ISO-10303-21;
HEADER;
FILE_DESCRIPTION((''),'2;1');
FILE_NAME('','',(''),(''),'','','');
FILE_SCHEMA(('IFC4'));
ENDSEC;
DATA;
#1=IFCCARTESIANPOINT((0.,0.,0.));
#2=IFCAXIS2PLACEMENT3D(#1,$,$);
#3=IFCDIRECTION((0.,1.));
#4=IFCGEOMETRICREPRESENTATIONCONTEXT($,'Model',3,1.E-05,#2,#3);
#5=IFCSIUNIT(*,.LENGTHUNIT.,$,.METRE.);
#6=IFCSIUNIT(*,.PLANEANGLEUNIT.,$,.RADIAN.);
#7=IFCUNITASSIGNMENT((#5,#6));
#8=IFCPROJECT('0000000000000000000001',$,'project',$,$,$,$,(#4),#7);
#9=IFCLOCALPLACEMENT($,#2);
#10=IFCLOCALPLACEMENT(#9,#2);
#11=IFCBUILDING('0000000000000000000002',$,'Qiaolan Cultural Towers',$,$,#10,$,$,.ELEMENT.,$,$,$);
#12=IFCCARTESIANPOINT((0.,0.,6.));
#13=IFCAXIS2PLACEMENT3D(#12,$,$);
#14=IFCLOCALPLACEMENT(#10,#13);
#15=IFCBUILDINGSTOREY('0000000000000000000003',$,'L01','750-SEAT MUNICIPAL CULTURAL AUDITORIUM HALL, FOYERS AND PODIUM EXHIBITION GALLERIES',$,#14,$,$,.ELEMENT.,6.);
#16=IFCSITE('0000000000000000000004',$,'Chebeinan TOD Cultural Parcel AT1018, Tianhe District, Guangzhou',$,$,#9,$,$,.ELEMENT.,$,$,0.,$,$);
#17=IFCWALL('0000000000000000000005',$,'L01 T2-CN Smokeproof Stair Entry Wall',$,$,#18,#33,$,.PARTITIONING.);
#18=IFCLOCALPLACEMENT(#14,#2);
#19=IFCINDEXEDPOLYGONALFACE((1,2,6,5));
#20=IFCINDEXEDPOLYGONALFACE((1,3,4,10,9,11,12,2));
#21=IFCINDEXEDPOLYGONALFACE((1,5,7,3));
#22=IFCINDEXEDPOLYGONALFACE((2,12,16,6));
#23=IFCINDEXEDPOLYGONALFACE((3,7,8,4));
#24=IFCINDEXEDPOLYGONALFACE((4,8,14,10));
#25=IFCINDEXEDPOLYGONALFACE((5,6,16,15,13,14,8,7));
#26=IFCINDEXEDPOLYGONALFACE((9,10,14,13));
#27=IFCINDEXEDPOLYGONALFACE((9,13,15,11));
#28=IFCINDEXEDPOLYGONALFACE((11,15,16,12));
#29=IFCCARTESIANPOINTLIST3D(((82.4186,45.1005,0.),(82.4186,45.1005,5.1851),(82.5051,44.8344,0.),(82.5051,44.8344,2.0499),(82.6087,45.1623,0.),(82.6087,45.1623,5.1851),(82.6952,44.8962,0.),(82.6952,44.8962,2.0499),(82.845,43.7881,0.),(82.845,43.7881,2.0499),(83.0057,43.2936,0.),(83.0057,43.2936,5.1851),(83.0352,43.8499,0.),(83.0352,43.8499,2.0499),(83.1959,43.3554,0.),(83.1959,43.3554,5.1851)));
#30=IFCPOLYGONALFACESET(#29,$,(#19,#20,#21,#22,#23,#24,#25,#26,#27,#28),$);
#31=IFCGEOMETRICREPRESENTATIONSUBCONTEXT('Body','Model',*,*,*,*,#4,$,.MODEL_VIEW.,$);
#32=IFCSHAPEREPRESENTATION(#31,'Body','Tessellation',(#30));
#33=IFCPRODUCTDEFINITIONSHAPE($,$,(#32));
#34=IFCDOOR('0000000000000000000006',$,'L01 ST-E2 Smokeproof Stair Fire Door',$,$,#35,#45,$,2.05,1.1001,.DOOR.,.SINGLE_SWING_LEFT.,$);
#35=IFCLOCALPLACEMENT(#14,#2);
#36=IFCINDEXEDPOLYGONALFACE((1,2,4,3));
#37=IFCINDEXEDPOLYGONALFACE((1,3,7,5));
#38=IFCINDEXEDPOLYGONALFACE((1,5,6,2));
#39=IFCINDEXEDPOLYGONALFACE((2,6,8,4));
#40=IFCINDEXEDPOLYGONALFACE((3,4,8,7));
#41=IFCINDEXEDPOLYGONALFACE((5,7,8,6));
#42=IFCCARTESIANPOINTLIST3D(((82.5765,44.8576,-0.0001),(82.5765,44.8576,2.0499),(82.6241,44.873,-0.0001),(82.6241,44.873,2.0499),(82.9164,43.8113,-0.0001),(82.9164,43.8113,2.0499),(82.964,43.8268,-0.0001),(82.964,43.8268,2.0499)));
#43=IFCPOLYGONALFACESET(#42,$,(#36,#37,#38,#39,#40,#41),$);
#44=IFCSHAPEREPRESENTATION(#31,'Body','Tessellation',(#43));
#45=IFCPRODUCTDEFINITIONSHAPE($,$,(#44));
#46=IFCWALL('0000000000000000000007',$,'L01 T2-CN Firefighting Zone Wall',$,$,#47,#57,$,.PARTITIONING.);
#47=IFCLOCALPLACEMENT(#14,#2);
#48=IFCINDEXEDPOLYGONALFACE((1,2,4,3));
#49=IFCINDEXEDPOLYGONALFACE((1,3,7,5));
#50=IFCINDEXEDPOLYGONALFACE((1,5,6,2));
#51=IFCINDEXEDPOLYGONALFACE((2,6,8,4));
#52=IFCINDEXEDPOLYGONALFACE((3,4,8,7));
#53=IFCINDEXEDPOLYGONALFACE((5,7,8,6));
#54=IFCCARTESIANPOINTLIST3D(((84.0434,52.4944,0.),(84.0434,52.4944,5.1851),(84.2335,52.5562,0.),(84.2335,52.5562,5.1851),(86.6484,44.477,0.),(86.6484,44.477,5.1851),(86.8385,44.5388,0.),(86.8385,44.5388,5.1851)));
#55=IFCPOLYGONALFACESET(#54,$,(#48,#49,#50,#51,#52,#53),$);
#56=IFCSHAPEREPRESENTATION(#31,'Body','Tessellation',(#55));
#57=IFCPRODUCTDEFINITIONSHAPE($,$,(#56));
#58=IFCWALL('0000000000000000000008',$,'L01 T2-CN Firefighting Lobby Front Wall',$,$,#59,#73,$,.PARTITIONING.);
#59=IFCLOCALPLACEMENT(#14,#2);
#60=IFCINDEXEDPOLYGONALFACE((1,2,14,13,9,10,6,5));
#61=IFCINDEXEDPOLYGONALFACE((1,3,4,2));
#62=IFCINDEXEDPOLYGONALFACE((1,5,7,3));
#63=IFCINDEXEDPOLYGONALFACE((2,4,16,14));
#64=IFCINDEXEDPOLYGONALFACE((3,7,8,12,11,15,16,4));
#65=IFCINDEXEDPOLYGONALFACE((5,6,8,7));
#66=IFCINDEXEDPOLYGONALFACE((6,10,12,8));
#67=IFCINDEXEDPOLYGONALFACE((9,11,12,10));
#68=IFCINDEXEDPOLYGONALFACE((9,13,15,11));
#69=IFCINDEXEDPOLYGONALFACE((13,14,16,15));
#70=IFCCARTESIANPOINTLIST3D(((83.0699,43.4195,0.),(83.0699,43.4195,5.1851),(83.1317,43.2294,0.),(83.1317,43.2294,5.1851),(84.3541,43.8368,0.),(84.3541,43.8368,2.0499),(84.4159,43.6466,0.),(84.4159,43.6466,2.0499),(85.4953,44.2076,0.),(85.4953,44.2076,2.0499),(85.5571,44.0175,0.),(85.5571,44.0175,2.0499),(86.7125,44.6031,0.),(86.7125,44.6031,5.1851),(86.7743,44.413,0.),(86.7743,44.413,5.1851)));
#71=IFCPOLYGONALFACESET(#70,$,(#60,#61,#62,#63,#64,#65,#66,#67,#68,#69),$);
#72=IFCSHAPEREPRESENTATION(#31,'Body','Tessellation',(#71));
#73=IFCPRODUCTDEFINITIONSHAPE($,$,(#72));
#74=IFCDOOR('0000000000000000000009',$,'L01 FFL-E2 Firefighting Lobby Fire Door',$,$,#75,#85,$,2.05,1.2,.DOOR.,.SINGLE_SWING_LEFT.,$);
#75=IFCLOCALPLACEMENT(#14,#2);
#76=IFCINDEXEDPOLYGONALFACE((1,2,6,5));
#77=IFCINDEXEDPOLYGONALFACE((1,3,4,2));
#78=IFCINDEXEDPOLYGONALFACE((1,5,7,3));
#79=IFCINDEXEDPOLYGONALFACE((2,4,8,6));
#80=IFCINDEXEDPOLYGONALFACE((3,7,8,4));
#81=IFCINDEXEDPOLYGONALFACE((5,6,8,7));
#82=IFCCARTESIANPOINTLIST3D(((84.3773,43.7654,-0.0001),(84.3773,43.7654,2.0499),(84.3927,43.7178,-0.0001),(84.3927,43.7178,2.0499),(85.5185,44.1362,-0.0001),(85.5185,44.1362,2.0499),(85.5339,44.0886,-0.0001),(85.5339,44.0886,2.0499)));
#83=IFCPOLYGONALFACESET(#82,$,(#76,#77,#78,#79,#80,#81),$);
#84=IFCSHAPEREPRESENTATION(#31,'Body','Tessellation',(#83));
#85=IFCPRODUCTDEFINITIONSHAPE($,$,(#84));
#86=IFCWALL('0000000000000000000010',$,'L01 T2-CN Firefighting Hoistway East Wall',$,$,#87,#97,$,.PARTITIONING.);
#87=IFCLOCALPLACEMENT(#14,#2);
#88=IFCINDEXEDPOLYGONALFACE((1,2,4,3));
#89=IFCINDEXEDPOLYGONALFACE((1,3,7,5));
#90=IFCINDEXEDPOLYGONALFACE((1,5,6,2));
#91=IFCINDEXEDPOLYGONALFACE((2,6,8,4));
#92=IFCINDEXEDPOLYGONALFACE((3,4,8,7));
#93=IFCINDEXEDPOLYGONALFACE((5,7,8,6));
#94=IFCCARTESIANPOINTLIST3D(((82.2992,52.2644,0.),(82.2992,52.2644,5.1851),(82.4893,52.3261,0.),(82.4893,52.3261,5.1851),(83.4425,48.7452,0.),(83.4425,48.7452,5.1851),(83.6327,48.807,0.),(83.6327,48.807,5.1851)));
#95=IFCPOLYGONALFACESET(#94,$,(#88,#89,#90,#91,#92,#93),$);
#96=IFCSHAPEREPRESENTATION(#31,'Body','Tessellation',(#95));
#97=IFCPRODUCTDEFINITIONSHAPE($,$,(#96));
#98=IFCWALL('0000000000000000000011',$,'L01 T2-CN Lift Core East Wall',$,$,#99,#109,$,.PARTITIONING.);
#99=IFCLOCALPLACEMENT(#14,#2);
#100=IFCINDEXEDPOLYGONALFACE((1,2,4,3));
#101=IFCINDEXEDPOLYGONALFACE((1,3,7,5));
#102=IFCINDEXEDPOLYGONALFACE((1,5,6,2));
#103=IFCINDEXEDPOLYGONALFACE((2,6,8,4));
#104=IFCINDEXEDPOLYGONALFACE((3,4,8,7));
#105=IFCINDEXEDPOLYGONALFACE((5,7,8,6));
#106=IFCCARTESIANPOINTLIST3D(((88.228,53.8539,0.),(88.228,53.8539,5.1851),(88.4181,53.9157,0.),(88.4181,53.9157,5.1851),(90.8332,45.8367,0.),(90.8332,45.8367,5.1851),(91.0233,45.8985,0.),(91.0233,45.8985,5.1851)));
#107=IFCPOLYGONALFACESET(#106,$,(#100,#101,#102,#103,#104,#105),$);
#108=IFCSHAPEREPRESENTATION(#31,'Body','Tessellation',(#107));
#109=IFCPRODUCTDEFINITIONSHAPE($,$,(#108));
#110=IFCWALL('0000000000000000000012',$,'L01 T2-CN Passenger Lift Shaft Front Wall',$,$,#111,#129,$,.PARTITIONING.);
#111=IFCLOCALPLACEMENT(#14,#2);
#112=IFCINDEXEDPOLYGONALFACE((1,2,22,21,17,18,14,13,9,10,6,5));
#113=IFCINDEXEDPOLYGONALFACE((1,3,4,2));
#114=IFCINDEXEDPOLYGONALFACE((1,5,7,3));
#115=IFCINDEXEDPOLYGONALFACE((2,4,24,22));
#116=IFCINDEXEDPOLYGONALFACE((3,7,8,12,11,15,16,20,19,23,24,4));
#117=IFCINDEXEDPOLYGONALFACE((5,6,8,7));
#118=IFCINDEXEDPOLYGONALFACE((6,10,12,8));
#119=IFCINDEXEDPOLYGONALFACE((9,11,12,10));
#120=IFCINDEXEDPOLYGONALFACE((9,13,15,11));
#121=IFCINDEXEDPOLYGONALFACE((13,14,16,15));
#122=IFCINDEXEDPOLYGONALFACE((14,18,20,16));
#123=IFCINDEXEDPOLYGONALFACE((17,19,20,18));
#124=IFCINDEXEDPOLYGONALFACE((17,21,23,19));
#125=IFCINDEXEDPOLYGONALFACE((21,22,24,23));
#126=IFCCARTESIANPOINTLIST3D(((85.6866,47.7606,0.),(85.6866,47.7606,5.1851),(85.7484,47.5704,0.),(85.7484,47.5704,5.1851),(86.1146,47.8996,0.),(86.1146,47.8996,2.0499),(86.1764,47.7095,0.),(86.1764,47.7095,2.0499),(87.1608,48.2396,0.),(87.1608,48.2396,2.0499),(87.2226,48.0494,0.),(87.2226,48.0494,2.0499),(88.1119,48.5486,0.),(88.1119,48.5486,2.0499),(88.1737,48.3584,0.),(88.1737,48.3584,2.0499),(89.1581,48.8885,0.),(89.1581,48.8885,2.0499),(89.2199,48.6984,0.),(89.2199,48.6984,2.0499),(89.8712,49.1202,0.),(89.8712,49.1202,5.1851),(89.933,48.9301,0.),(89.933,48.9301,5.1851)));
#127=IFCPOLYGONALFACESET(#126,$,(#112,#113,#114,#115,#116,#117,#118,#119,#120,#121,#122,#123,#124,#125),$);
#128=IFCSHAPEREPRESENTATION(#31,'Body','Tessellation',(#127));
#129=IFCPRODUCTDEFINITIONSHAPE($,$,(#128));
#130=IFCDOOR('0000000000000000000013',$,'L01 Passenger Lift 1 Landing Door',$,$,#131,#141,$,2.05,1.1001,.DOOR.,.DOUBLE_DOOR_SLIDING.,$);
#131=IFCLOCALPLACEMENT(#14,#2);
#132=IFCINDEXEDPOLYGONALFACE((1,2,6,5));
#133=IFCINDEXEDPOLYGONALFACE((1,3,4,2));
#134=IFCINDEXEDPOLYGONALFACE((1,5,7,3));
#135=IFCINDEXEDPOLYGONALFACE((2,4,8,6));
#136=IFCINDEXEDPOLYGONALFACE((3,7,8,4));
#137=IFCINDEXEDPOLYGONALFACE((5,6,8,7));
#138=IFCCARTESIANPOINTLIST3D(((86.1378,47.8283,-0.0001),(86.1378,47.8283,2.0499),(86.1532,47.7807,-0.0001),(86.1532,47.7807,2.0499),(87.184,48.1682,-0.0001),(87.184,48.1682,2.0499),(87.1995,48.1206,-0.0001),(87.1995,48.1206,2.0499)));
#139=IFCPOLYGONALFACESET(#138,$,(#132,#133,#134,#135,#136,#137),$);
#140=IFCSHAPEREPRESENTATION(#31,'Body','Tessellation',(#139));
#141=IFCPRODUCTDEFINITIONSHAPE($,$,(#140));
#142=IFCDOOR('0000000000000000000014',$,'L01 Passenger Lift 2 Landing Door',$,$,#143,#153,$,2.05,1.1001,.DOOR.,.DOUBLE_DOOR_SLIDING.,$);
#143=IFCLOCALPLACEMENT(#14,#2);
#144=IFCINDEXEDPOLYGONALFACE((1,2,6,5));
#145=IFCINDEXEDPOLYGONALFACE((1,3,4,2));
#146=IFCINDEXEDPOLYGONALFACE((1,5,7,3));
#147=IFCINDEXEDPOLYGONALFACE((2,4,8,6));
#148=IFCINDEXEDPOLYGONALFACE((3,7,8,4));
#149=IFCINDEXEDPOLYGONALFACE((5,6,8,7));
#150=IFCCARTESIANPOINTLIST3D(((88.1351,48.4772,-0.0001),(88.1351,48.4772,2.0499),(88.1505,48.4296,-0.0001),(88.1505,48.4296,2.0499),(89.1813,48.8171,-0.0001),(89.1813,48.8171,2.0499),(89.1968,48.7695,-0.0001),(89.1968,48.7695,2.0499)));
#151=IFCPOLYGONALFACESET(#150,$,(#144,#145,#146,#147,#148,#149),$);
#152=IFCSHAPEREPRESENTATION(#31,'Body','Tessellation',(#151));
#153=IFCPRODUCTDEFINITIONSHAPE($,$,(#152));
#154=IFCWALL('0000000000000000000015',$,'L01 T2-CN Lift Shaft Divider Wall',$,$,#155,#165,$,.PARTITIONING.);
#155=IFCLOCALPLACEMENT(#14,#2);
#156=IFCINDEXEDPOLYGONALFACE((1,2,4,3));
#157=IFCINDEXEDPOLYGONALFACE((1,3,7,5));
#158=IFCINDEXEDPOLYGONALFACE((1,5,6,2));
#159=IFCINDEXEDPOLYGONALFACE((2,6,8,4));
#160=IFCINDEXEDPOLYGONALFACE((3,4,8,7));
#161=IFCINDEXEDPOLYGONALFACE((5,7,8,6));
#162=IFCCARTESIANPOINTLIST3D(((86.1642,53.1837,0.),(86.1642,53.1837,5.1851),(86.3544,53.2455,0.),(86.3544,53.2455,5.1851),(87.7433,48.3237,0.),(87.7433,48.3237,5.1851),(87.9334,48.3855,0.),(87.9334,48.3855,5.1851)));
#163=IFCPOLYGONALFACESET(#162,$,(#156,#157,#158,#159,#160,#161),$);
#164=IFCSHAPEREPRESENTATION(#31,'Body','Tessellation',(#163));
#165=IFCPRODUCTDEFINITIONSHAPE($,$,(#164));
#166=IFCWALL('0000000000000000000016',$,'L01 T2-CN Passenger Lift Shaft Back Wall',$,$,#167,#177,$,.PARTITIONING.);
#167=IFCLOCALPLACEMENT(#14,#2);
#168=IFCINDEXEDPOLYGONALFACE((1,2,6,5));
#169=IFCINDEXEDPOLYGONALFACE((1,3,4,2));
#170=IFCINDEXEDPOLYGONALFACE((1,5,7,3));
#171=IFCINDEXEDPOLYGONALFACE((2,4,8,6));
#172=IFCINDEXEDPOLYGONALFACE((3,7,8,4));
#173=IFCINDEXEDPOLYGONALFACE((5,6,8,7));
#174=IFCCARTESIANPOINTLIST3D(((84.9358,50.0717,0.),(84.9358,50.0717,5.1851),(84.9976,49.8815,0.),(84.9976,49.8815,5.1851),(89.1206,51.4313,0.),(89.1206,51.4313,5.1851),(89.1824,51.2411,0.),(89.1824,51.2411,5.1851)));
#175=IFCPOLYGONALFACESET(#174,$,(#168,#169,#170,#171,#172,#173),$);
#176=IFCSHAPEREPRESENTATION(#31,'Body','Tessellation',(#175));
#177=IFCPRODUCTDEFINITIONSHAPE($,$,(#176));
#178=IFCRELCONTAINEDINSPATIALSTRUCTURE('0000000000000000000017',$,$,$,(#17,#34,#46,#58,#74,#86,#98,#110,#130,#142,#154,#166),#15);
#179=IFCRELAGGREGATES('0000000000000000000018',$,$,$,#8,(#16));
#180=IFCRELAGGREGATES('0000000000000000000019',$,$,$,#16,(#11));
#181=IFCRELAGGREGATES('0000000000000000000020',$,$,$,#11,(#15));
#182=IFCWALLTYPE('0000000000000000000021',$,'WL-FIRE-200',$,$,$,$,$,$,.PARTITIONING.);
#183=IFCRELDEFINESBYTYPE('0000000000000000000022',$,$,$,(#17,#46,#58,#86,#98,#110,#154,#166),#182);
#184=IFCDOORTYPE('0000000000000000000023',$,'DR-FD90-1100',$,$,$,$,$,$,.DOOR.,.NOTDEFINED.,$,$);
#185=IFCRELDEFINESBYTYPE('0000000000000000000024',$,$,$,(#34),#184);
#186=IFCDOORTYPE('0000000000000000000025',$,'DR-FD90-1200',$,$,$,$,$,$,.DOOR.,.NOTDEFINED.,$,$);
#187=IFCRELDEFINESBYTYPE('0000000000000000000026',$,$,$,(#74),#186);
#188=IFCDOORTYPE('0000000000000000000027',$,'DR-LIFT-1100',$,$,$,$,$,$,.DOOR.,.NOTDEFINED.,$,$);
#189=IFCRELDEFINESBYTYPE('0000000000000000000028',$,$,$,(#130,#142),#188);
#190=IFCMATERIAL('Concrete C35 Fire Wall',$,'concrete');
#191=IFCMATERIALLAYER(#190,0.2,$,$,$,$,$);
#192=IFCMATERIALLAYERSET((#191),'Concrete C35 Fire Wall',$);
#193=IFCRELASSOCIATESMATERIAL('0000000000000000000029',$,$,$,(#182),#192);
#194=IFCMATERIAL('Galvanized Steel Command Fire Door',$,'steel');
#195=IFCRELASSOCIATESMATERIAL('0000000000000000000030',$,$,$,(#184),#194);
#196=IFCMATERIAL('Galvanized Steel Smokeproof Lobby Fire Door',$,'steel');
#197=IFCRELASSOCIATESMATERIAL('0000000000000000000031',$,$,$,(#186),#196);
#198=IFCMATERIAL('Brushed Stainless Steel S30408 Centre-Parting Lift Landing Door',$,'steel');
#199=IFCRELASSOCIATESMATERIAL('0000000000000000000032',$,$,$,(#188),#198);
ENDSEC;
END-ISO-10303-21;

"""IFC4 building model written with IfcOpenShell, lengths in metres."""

from ifc_helpers import new_model, si_unit, direction, frame, frame_2d, origin, place, context, subcontext, project, spatial, rectangle, extrude, material, layer, layer_set, type_object, element, fill, save


model = new_model("IFC4")

# Units and contexts
model_context = context("Model", 3, precision=1e-05, world=origin(), true_north=direction((0.0, 1.0)))
body_context = subcontext(model_context, "Body", "Model", "MODEL_VIEW")
ifc_project = project(units=[si_unit("LENGTHUNIT", "METRE"), si_unit("PLANEANGLEUNIT", "RADIAN")], contexts=[model_context])

# Site, building, storey
site_placement = place(None, origin())
site = spatial("IfcSite", under=ifc_project, at=site_placement, Name="Chebeinan TOD Cultural Parcel AT1018, Tianhe District, Guangzhou", CompositionType="ELEMENT", RefElevation=0.0)
building_placement = place(site_placement, origin())
building = spatial("IfcBuilding", under=site, at=building_placement, Name="Qiaolan Cultural Towers", CompositionType="ELEMENT")
storey_placement = place(building_placement, frame((0.0, 0.0, 6.0)))
storey = spatial("IfcBuildingStorey", under=building, at=storey_placement, Name="L01", Description="750-SEAT MUNICIPAL CULTURAL AUDITORIUM HALL, FOYERS AND PODIUM EXHIBITION GALLERIES", CompositionType="ELEMENT", Elevation=6.0)

# Wall, opening, door
ifc_material_1 = material(Name="Concrete C35 Fire Wall", Category="concrete")
ifc_layer_1 = layer(ifc_material_1, 0.2)
ifc_layer_set_1 = layer_set([ifc_layer_1], Name="Concrete C35 Fire Wall")
wall_type_1 = type_object("IfcWallType", Name="WL-FIRE-200", PredefinedType="PARTITIONING", material=ifc_layer_set_1)
wall_1_placement = place(storey_placement, frame((83.1008, 43.3245, 0.0), z_axis=(0.0, 0.0, 1.0), x_axis=(-0.309048, 0.951046, 0.0)))
wall_1 = element("IfcWall", 1, at=wall_1_placement, inside=storey, type_object=wall_type_1, Name="L01 T2-CN Smokeproof Stair Entry Wall", PredefinedType="PARTITIONING", context=body_context, shape_type="SweptSolid", body=[
    extrude(rectangle(XDim=1.8999, YDim=0.2, at=frame_2d((0.95, 0.0))), origin(), (0.0, 0.0, 1.0), 5.1851),
])
opening_1_placement = place(wall_1_placement, frame((0.52, 0.0, 0.0)))
opening_1 = element("IfcOpeningElement", 2, at=opening_1_placement, cuts=wall_1, PredefinedType="OPENING", context=body_context, shape_type="SweptSolid", body=[
    extrude(rectangle(XDim=1.1001, YDim=2.05, at=frame_2d((0.55, 1.0249))), frame((0.0, 0.1099, 0.0), z_axis=(0.0, -1.0, 0.0), x_axis=(1.0, 0.0, 0.0)), (0.0, 0.0, 1.0), 0.22),
])
ifc_material_2 = material(Name="Galvanized Steel Command Fire Door", Category="steel")
door_type_1 = type_object("IfcDoorType", Name="DR-FD90-1100", OperationType="NOTDEFINED", PredefinedType="DOOR", material=ifc_material_2)
door_1_placement = place(opening_1_placement, origin())
door_1 = element("IfcDoor", 3, at=door_1_placement, inside=storey, type_object=door_type_1, Name="L01 ST-E2 Smokeproof Stair Fire Door", OperationType="SINGLE_SWING_LEFT", OverallHeight=2.05, OverallWidth=1.1001, PredefinedType="DOOR", context=body_context, shape_type="SweptSolid", body=[
    extrude(rectangle(XDim=1.1001, YDim=2.05, at=frame_2d((0.55, 1.0249))), frame((0.0, 0.0249, 0.0), z_axis=(0.0, -1.0, 0.0), x_axis=(1.0, 0.0, 0.0)), (0.0, 0.0, 1.0), 0.05),
])
fill(opening_1, door_1)

# Wall
wall_2_placement = place(storey_placement, frame((86.7434, 44.5081, 0.0), z_axis=(0.0, 0.0, 1.0), x_axis=(-0.309016, 0.951057, 0.0)))
element("IfcWall", 4, at=wall_2_placement, inside=storey, type_object=wall_type_1, Name="L01 T2-CN Firefighting Zone Wall", PredefinedType="PARTITIONING", context=body_context, shape_type="SweptSolid", body=[
    extrude(rectangle(XDim=8.4299, YDim=0.2, at=frame_2d((4.2148, 0.0))), origin(), (0.0, 0.0, 1.0), 5.1851),
])

# Wall, opening, door
wall_3_placement = place(storey_placement, frame((83.1008, 43.3245, 0.0), z_axis=(0.0, 0.0, 1.0), x_axis=(0.951053, 0.309028, 0.0)))
wall_3 = element("IfcWall", 5, at=wall_3_placement, inside=storey, type_object=wall_type_1, Name="L01 T2-CN Firefighting Lobby Front Wall", PredefinedType="PARTITIONING", context=body_context, shape_type="SweptSolid", body=[
    extrude(rectangle(XDim=3.8301, YDim=0.2, at=frame_2d((1.915, 0.0))), origin(), (0.0, 0.0, 1.0), 5.1851),
])
opening_2_placement = place(wall_3_placement, frame((1.3501, 0.0, 0.0)))
opening_2 = element("IfcOpeningElement", 6, at=opening_2_placement, cuts=wall_3, PredefinedType="OPENING", context=body_context, shape_type="SweptSolid", body=[
    extrude(rectangle(XDim=1.2, YDim=2.05, at=frame_2d((0.6001, 1.0249))), frame((0.0, 0.1099, 0.0), z_axis=(0.0, -1.0, 0.0), x_axis=(1.0, 0.0, 0.0)), (0.0, 0.0, 1.0), 0.22),
])
ifc_material_3 = material(Name="Galvanized Steel Smokeproof Lobby Fire Door", Category="steel")
door_type_2 = type_object("IfcDoorType", Name="DR-FD90-1200", OperationType="NOTDEFINED", PredefinedType="DOOR", material=ifc_material_3)
door_2_placement = place(opening_2_placement, origin())
door_2 = element("IfcDoor", 7, at=door_2_placement, inside=storey, type_object=door_type_2, Name="L01 FFL-E2 Firefighting Lobby Fire Door", OperationType="SINGLE_SWING_LEFT", OverallHeight=2.05, OverallWidth=1.2, PredefinedType="DOOR", context=body_context, shape_type="SweptSolid", body=[
    extrude(rectangle(XDim=1.2, YDim=2.05, at=frame_2d((0.6001, 1.0249))), frame((0.0, 0.0249, 0.0), z_axis=(0.0, -1.0, 0.0), x_axis=(1.0, 0.0, 0.0)), (0.0, 0.0, 1.0), 0.05),
])
fill(opening_2, door_2)

# Walls
wall_4_placement = place(storey_placement, frame((83.5376, 48.7761, 0.0), z_axis=(0.0, 0.0, 1.0), x_axis=(-0.308994, 0.951064, 0.0)))
element("IfcWall", 8, at=wall_4_placement, inside=storey, type_object=wall_type_1, Name="L01 T2-CN Firefighting Hoistway East Wall", PredefinedType="PARTITIONING", context=body_context, shape_type="SweptSolid", body=[
    extrude(rectangle(XDim=3.7002, YDim=0.2, at=frame_2d((1.8501, 0.0))), origin(), (0.0, 0.0, 1.0), 5.1851),
])
wall_5_placement = place(storey_placement, frame((90.9282, 45.8677, 0.0), z_axis=(0.0, 0.0, 1.0), x_axis=(-0.309042, 0.951048, 0.0)))
element("IfcWall", 9, at=wall_5_placement, inside=storey, type_object=wall_type_1, Name="L01 T2-CN Lift Core East Wall", PredefinedType="PARTITIONING", context=body_context, shape_type="SweptSolid", body=[
    extrude(rectangle(XDim=8.4299, YDim=0.2, at=frame_2d((4.2148, 0.0))), origin(), (0.0, 0.0, 1.0), 5.1851),
])

# Wall, openings, doors
wall_6_placement = place(storey_placement, frame((85.7175, 47.6655, 0.0), z_axis=(0.0, 0.0, 1.0), x_axis=(0.951059, 0.309011, 0.0)))
wall_6 = element("IfcWall", 10, at=wall_6_placement, inside=storey, type_object=wall_type_1, Name="L01 T2-CN Passenger Lift Shaft Front Wall", PredefinedType="PARTITIONING", context=body_context, shape_type="SweptSolid", body=[
    extrude(rectangle(XDim=4.3999, YDim=0.2, at=frame_2d((2.2, 0.0))), origin(), (0.0, 0.0, 1.0), 5.1851),
])
opening_3_placement = place(wall_6_placement, frame((0.45, 0.0, 0.0)))
opening_3 = element("IfcOpeningElement", 11, at=opening_3_placement, cuts=wall_6, PredefinedType="OPENING", context=body_context, shape_type="SweptSolid", body=[
    extrude(rectangle(XDim=1.1001, YDim=2.05, at=frame_2d((0.55, 1.0249))), frame((0.0, 0.1099, 0.0), z_axis=(0.0, -1.0, 0.0), x_axis=(1.0, 0.0, 0.0)), (0.0, 0.0, 1.0), 0.22),
])
opening_4_placement = place(wall_6_placement, frame((2.55, 0.0, 0.0)))
opening_4 = element("IfcOpeningElement", 12, at=opening_4_placement, cuts=wall_6, PredefinedType="OPENING", context=body_context, shape_type="SweptSolid", body=[
    extrude(rectangle(XDim=1.1001, YDim=2.05, at=frame_2d((0.55, 1.0249))), frame((0.0, 0.1099, 0.0), z_axis=(0.0, -1.0, 0.0), x_axis=(1.0, 0.0, 0.0)), (0.0, 0.0, 1.0), 0.22),
])
ifc_material_4 = material(Name="Brushed Stainless Steel S30408 Centre-Parting Lift Landing Door", Category="steel")
door_type_3 = type_object("IfcDoorType", Name="DR-LIFT-1100", OperationType="NOTDEFINED", PredefinedType="DOOR", material=ifc_material_4)
door_3_placement = place(opening_3_placement, origin())
door_3 = element("IfcDoor", 13, at=door_3_placement, inside=storey, type_object=door_type_3, Name="L01 Passenger Lift 1 Landing Door", OperationType="DOUBLE_DOOR_SLIDING", OverallHeight=2.05, OverallWidth=1.1001, PredefinedType="DOOR", context=body_context, shape_type="SweptSolid", body=[
    extrude(rectangle(XDim=1.1001, YDim=2.05, at=frame_2d((0.55, 1.0249))), frame((0.0, 0.0249, 0.0), z_axis=(0.0, -1.0, 0.0), x_axis=(1.0, 0.0, 0.0)), (0.0, 0.0, 1.0), 0.05),
])
fill(opening_3, door_3)
door_4_placement = place(opening_4_placement, origin())
door_4 = element("IfcDoor", 14, at=door_4_placement, inside=storey, type_object=door_type_3, Name="L01 Passenger Lift 2 Landing Door", OperationType="DOUBLE_DOOR_SLIDING", OverallHeight=2.05, OverallWidth=1.1001, PredefinedType="DOOR", context=body_context, shape_type="SweptSolid", body=[
    extrude(rectangle(XDim=1.1001, YDim=2.05, at=frame_2d((0.55, 1.0249))), frame((0.0, 0.0249, 0.0), z_axis=(0.0, -1.0, 0.0), x_axis=(1.0, 0.0, 0.0)), (0.0, 0.0, 1.0), 0.05),
])
fill(opening_4, door_4)

# Walls
wall_7_placement = place(storey_placement, frame((87.8384, 48.3545, 0.0), z_axis=(0.0, 0.0, 1.0), x_axis=(-0.309009, 0.951059, 0.0)))
element("IfcWall", 15, at=wall_7_placement, inside=storey, type_object=wall_type_1, Name="L01 T2-CN Lift Shaft Divider Wall", PredefinedType="PARTITIONING", context=body_context, shape_type="SweptSolid", body=[
    extrude(rectangle(XDim=5.1101, YDim=0.2, at=frame_2d((2.5552, 0.0))), origin(), (0.0, 0.0, 1.0), 5.1851),
])
wall_8_placement = place(storey_placement, frame((84.9666, 49.9766, 0.0), z_axis=(0.0, 0.0, 1.0), x_axis=(0.951064, 0.308994, 0.0)))
element("IfcWall", 16, at=wall_8_placement, inside=storey, type_object=wall_type_1, Name="L01 T2-CN Passenger Lift Shaft Back Wall", PredefinedType="PARTITIONING", context=body_context, shape_type="SweptSolid", body=[
    extrude(rectangle(XDim=4.4001, YDim=0.2, at=frame_2d((2.2002, 0.0))), origin(), (0.0, 0.0, 1.0), 5.1851),
])

save(model, "model.ifc")
